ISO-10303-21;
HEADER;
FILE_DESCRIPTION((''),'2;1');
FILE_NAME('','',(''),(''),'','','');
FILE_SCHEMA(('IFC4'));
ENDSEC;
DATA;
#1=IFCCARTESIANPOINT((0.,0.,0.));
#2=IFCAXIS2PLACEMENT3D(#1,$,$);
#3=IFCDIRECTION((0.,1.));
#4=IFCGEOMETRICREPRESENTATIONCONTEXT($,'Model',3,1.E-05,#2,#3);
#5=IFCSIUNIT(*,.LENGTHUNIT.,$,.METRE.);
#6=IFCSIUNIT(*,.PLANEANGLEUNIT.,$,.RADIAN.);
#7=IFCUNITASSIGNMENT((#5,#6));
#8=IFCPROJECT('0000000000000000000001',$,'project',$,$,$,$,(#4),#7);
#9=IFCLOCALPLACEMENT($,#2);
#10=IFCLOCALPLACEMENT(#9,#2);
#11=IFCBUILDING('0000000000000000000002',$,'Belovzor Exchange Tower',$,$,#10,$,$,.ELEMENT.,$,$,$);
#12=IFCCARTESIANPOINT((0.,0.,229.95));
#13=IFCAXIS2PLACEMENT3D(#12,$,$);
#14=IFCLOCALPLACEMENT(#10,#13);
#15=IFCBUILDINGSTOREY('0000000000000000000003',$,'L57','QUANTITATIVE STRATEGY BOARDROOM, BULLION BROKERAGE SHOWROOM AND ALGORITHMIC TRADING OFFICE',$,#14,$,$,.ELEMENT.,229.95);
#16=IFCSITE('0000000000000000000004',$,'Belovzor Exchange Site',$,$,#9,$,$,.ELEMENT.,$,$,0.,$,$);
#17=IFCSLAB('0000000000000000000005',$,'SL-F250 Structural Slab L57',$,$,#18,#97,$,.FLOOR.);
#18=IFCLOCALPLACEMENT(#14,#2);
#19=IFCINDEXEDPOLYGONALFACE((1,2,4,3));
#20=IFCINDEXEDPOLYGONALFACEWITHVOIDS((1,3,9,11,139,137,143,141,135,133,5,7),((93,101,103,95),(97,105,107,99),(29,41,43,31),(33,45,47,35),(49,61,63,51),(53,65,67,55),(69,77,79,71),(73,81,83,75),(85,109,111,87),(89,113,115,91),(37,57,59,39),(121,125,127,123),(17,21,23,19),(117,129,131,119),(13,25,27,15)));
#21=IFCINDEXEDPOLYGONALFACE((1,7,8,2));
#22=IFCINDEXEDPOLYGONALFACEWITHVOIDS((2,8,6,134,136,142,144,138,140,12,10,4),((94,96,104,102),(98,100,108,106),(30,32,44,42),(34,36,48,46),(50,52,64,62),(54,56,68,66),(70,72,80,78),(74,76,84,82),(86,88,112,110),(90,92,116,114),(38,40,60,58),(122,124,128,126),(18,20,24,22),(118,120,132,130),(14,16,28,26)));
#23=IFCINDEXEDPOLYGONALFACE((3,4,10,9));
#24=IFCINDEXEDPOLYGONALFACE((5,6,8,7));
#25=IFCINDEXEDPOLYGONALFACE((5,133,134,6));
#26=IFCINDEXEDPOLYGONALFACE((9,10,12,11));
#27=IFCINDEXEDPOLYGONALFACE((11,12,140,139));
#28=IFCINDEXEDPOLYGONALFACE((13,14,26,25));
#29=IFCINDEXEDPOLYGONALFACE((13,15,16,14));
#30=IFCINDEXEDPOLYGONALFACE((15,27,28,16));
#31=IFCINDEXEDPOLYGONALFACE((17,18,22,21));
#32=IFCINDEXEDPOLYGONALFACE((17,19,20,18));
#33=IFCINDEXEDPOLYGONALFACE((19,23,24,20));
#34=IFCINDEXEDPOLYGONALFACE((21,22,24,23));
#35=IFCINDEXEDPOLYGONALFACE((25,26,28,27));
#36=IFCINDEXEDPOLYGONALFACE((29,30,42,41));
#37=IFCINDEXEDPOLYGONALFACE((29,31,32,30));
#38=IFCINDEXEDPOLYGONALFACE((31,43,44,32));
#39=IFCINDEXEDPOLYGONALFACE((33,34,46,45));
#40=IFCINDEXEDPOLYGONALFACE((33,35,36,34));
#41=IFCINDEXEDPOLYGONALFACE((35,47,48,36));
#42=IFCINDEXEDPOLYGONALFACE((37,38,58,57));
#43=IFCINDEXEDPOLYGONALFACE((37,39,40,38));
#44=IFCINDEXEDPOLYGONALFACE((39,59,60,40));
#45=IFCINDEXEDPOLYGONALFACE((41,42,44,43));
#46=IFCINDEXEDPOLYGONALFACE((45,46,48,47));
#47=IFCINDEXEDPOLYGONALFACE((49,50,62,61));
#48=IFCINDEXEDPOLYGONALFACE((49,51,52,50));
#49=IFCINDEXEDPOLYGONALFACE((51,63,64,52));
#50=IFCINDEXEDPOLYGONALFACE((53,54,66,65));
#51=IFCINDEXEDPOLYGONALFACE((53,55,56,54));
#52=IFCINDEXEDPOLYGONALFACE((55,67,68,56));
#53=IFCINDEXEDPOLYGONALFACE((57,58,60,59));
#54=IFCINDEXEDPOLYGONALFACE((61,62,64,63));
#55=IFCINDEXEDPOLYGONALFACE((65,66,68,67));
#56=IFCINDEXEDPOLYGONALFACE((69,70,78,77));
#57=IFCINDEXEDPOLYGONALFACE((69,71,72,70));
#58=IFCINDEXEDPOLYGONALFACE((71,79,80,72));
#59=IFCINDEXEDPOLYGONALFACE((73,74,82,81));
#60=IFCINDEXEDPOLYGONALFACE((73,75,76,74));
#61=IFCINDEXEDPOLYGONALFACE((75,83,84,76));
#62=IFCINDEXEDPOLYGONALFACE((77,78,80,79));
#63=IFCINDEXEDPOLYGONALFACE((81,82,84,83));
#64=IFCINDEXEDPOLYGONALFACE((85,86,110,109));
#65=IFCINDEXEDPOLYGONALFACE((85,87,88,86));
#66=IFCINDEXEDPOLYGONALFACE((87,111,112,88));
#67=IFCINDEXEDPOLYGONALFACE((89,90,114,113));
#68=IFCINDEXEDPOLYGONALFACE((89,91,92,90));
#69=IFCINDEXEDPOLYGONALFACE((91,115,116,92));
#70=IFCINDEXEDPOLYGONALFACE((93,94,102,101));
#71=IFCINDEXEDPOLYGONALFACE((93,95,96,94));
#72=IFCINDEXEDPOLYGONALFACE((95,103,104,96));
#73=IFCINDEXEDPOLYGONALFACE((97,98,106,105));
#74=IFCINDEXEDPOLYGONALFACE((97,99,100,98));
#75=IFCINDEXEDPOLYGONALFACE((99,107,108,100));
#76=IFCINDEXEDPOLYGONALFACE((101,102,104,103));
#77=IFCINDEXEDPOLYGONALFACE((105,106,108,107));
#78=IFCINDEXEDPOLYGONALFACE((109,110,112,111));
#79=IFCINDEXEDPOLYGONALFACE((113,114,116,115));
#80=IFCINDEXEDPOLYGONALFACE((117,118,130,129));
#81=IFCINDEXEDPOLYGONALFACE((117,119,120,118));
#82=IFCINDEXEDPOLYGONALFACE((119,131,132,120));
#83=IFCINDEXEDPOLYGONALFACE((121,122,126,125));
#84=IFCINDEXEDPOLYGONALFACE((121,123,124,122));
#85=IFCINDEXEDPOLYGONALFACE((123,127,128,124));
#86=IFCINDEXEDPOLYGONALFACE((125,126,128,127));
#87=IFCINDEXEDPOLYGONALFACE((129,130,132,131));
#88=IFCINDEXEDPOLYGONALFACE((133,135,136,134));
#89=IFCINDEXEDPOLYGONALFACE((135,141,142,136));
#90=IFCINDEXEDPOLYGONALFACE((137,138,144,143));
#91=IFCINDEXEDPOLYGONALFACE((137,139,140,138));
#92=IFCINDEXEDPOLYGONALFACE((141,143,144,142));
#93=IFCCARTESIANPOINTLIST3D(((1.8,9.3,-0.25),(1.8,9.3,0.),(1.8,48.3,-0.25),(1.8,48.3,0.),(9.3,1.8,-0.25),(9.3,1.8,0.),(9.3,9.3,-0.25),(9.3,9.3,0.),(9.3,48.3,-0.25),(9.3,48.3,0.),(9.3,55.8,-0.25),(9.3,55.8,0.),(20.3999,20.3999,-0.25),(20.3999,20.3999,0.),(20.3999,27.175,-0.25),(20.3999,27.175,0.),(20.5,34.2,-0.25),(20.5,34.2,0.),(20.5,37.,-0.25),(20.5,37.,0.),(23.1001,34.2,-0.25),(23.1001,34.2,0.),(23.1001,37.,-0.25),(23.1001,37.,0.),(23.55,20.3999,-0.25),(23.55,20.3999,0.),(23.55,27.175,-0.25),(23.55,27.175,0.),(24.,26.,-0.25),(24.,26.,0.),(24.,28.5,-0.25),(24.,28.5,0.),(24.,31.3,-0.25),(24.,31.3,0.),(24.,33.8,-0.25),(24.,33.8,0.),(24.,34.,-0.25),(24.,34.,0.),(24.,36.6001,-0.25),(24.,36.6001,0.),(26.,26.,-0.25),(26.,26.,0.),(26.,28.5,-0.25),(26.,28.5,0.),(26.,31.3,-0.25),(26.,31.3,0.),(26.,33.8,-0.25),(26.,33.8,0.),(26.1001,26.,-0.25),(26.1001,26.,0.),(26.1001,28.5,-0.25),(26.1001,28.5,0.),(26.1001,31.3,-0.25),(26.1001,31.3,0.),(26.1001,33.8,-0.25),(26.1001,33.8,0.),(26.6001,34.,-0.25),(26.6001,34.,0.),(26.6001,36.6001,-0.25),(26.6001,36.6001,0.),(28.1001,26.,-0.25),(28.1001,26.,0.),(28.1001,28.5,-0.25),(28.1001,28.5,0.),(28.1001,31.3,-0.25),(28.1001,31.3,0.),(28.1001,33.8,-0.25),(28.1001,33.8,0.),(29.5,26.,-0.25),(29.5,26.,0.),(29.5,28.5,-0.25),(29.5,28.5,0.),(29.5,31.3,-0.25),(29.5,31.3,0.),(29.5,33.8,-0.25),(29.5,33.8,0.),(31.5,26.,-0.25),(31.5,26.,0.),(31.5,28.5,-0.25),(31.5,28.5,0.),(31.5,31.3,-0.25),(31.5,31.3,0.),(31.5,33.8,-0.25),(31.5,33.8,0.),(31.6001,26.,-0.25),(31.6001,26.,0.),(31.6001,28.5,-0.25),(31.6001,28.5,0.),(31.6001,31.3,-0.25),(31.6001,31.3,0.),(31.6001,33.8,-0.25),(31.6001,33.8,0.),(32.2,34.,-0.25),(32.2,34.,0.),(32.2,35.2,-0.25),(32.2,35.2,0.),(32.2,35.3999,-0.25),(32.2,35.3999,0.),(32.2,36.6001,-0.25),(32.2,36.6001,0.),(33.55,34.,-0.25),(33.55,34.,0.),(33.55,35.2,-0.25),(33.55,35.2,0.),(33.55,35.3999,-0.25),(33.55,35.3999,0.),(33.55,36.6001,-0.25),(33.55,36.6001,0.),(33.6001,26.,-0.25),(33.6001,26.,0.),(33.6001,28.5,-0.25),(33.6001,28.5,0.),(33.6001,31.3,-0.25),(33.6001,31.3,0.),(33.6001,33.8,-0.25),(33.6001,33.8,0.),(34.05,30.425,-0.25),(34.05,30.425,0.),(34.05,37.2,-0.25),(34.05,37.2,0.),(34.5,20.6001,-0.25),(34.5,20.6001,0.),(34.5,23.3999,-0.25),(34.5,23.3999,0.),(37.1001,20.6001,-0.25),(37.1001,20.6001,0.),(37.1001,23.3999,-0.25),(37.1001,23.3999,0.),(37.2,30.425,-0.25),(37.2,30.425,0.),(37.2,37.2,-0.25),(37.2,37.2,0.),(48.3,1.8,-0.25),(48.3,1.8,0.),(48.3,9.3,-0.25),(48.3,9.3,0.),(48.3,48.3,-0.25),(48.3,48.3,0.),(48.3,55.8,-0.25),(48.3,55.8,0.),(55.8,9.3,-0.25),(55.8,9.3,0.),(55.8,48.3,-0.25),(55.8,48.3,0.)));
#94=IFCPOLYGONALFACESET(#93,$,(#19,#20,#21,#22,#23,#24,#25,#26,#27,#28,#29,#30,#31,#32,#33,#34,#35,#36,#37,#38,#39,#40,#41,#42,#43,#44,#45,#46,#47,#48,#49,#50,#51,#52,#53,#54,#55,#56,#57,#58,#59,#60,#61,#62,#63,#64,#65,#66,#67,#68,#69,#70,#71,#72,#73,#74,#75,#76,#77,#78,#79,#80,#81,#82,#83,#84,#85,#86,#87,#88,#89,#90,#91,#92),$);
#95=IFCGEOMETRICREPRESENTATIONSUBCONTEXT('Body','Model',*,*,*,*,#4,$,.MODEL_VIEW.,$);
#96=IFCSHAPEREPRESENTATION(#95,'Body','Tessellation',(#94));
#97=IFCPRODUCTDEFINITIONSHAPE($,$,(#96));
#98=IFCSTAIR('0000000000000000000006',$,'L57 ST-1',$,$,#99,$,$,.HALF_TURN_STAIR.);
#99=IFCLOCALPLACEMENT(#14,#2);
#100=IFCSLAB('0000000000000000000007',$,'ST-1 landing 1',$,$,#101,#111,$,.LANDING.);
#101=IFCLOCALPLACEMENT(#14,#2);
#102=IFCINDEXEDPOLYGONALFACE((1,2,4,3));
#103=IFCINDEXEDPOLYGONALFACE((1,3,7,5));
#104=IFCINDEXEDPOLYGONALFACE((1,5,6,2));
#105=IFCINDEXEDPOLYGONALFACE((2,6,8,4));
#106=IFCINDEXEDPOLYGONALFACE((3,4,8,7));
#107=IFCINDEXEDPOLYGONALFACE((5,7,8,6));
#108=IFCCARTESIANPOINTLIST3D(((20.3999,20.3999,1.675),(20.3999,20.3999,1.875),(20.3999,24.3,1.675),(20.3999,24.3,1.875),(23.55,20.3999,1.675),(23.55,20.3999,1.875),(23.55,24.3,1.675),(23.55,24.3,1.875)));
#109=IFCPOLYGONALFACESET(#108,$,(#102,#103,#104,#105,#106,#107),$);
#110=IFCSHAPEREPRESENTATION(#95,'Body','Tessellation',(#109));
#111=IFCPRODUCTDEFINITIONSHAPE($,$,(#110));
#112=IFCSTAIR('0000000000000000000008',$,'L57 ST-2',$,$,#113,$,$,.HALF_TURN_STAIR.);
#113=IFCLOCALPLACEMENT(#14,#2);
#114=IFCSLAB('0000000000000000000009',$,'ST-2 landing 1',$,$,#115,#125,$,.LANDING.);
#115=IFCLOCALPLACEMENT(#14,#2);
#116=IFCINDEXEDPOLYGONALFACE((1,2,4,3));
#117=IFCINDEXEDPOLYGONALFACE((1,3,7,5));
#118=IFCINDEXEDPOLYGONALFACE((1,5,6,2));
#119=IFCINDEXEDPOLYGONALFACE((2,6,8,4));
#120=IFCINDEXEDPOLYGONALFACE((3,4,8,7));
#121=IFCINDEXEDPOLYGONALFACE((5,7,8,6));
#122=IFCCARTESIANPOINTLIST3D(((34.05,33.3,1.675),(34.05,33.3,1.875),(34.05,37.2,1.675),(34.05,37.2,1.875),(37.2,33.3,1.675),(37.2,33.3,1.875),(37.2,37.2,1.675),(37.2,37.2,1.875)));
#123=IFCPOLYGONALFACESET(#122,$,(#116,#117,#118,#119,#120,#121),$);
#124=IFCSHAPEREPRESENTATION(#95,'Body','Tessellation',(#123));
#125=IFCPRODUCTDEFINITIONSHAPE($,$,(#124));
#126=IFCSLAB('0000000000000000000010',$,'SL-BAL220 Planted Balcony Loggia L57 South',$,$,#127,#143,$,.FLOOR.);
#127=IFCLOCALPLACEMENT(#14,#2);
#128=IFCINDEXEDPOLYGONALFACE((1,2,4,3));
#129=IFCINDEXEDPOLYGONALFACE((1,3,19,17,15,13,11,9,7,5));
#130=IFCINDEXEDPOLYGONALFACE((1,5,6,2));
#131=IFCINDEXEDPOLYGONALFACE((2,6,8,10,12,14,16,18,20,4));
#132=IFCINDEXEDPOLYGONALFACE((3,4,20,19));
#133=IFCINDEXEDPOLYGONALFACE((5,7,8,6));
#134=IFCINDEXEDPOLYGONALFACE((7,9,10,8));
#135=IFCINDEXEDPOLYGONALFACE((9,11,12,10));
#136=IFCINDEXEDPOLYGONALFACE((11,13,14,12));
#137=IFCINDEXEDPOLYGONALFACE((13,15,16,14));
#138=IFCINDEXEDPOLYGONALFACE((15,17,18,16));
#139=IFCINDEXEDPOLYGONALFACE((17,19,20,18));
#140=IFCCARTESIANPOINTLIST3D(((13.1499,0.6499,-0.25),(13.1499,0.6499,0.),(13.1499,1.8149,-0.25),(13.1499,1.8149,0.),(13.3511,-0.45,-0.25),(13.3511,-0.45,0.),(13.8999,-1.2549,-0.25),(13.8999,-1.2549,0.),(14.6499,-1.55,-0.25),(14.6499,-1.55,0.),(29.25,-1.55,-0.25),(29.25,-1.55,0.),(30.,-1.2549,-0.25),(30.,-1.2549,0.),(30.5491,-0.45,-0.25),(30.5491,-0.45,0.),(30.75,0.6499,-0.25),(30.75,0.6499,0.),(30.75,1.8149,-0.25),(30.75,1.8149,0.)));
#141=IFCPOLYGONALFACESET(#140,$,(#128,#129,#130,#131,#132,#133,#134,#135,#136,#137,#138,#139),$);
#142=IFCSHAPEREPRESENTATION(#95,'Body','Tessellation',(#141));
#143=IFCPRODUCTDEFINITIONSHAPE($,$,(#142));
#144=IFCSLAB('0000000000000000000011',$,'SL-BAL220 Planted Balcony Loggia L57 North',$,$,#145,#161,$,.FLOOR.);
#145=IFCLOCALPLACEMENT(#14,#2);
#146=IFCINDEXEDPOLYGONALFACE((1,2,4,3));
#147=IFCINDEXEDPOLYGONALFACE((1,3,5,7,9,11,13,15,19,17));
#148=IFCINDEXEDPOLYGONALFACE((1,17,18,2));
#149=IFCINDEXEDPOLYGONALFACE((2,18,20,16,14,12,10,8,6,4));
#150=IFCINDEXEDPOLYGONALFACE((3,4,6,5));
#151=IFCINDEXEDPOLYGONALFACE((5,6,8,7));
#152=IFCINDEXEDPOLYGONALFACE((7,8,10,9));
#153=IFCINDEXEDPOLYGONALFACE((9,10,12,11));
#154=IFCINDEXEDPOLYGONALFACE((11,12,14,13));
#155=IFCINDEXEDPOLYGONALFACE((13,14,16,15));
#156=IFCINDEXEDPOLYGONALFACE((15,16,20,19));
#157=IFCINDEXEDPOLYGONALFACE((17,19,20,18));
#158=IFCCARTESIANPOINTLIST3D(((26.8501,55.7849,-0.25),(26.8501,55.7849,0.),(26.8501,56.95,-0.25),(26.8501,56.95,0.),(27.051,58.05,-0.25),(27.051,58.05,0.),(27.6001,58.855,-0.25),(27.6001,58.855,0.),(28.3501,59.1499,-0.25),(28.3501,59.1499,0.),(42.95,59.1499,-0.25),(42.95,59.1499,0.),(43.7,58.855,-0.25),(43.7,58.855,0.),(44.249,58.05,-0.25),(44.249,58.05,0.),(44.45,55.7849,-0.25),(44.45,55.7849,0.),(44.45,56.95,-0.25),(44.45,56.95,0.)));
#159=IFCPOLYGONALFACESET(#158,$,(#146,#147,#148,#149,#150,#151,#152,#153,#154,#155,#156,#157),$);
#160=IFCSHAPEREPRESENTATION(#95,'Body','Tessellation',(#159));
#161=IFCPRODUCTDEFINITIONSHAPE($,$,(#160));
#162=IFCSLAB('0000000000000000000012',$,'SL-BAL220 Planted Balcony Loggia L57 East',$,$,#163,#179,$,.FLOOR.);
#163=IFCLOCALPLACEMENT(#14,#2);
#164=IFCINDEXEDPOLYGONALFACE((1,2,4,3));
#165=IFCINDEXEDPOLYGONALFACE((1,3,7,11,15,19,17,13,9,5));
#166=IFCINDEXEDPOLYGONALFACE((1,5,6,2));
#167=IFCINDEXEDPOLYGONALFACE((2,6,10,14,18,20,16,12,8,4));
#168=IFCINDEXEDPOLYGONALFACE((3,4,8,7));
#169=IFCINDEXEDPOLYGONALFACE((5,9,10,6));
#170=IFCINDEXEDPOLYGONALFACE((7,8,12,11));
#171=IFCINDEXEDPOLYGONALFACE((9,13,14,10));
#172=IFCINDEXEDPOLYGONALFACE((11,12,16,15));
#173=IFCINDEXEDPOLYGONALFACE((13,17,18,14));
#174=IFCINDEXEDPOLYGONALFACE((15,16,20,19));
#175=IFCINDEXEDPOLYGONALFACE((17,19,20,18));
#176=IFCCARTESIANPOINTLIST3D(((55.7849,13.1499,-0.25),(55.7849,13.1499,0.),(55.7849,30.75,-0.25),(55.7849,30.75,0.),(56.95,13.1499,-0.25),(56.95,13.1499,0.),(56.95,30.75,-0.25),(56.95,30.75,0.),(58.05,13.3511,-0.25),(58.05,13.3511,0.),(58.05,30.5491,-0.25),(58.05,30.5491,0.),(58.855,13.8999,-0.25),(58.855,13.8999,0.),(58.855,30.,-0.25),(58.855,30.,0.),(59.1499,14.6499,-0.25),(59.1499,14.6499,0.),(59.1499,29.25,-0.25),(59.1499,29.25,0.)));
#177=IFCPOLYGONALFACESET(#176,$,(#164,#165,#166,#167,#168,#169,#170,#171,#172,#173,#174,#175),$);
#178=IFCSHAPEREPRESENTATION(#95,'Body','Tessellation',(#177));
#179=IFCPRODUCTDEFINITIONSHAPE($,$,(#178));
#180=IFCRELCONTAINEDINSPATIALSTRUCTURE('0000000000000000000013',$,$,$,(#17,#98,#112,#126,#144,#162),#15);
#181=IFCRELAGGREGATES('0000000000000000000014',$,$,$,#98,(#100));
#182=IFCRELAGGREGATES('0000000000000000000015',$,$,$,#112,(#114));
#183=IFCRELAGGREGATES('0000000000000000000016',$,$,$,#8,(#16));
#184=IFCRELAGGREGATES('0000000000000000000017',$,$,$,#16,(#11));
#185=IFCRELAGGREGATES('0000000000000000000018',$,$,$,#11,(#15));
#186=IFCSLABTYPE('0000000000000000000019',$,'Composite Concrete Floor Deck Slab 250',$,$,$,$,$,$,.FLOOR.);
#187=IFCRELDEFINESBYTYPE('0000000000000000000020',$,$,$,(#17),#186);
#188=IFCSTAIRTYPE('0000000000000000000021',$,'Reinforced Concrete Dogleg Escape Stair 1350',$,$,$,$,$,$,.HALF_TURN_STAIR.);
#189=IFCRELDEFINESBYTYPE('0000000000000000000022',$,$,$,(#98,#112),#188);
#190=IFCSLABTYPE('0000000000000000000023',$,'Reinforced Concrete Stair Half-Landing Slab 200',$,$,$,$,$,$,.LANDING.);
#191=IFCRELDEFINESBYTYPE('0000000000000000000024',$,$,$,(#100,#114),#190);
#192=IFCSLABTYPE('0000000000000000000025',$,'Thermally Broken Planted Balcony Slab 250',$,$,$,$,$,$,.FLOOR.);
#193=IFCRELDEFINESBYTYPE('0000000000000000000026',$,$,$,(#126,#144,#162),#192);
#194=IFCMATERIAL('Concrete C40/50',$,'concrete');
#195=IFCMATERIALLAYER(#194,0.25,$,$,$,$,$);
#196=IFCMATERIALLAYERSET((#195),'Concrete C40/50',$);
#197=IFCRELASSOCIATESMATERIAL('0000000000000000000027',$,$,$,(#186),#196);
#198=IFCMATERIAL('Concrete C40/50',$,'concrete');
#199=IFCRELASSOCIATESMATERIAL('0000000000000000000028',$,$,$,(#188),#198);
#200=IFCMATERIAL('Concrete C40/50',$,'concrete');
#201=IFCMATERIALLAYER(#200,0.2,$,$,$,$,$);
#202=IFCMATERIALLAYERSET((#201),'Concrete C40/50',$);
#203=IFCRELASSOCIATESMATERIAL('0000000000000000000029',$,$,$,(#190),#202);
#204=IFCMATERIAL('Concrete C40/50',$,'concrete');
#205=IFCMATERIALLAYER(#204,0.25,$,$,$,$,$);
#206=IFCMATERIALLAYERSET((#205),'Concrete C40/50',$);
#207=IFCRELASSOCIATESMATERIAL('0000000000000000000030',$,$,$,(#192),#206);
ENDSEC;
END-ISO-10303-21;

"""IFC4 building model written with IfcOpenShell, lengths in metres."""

from ifc_helpers import new_model, si_unit, direction, frame, origin, place, context, subcontext, project, spatial, polyline, outline, extrude, material, layer, layer_set, type_object, element, aggregate, save


model = new_model("IFC4")

# Units and contexts
model_context = context("Model", 3, precision=1e-05, world=origin(), true_north=direction((0.0, 1.0)))
body_context = subcontext(model_context, "Body", "Model", "MODEL_VIEW")
ifc_project = project(units=[si_unit("LENGTHUNIT", "METRE"), si_unit("PLANEANGLEUNIT", "RADIAN")], contexts=[model_context])

# Site, building, storey
site_placement = place(None, origin())
site = spatial("IfcSite", under=ifc_project, at=site_placement, Name="Belovzor Exchange Site", CompositionType="ELEMENT", RefElevation=0.0)
building_placement = place(site_placement, origin())
building = spatial("IfcBuilding", under=site, at=building_placement, Name="Belovzor Exchange Tower", CompositionType="ELEMENT")
storey_placement = place(building_placement, frame((0.0, 0.0, 229.95)))
storey = spatial("IfcBuildingStorey", under=building, at=storey_placement, Name="L57", Description="QUANTITATIVE STRATEGY BOARDROOM, BULLION BROKERAGE SHOWROOM AND ALGORITHMIC TRADING OFFICE", CompositionType="ELEMENT", Elevation=229.95)

# Slab
ifc_material_1 = material(Name="Concrete C40/50", Category="concrete")
ifc_layer_1 = layer(ifc_material_1, 0.25)
ifc_layer_set_1 = layer_set([ifc_layer_1], Name="Concrete C40/50")
slab_type_1 = type_object("IfcSlabType", Name="Composite Concrete Floor Deck Slab 250", PredefinedType="FLOOR", material=ifc_layer_set_1)
slab_1_placement = place(storey_placement, frame((0.0, 0.0, -0.25)))
element("IfcSlab", 1, at=slab_1_placement, inside=storey, type_object=slab_type_1, Name="SL-F250 Structural Slab L57", PredefinedType="FLOOR", context=body_context, shape_type="SweptSolid", body=[
    extrude(outline(polyline([(9.3, 1.8), (48.3, 1.8), (48.3, 9.3), (55.8, 9.3), (55.8, 48.3), (48.3, 48.3), (48.3, 55.8), (9.3, 55.8), (9.3, 48.3), (1.8, 48.3), (1.8, 9.3), (9.3, 9.3), (9.3, 1.8)]), holes=[polyline([(20.3999, 27.175), (20.3999, 20.3999), (23.55, 20.3999), (23.55, 27.175), (20.3999, 27.175)]), polyline([(37.2, 30.425), (37.2, 37.2), (34.05, 37.2), (34.05, 30.425), (37.2, 30.425)]), polyline([(20.5, 34.2), (23.1001, 34.2), (23.1001, 37.0), (20.5, 37.0), (20.5, 34.2)]), polyline([(34.5, 20.6001), (37.1001, 20.6001), (37.1001, 23.3999), (34.5, 23.3999), (34.5, 20.6001)]), polyline([(24.0, 34.0), (26.6001, 34.0), (26.6001, 36.6001), (24.0, 36.6001), (24.0, 34.0)]), polyline([(24.0, 26.0), (26.0, 26.0), (26.0, 28.5), (24.0, 28.5), (24.0, 26.0)]), polyline([(26.1001, 26.0), (28.1001, 26.0), (28.1001, 28.5), (26.1001, 28.5), (26.1001, 26.0)]), polyline([(29.5, 26.0), (31.5, 26.0), (31.5, 28.5), (29.5, 28.5), (29.5, 26.0)]), polyline([(31.6001, 26.0), (33.6001, 26.0), (33.6001, 28.5), (31.6001, 28.5), (31.6001, 26.0)]), polyline([(24.0, 31.3), (26.0, 31.3), (26.0, 33.8), (24.0, 33.8), (24.0, 31.3)]), polyline([(26.1001, 31.3), (28.1001, 31.3), (28.1001, 33.8), (26.1001, 33.8), (26.1001, 31.3)]), polyline([(29.5, 31.3), (31.5, 31.3), (31.5, 33.8), (29.5, 33.8), (29.5, 31.3)]), polyline([(31.6001, 31.3), (33.6001, 31.3), (33.6001, 33.8), (31.6001, 33.8), (31.6001, 31.3)]), polyline([(32.2, 34.0), (33.55, 34.0), (33.55, 35.2), (32.2, 35.2), (32.2, 34.0)]), polyline([(32.2, 35.3999), (33.55, 35.3999), (33.55, 36.6001), (32.2, 36.6001), (32.2, 35.3999)])]), origin(), (0.0, 0.0, 1.0), 0.25),
])

# Stairs, slabs
ifc_material_2 = material(Name="Concrete C40/50", Category="concrete")
stair_type = type_object("IfcStairType", Name="Reinforced Concrete Dogleg Escape Stair 1350", PredefinedType="HALF_TURN_STAIR", material=ifc_material_2)
stair_1_placement = place(storey_placement, origin())
stair_1 = element("IfcStair", 2, at=stair_1_placement, inside=storey, type_object=stair_type, Name="L57 ST-1", PredefinedType="HALF_TURN_STAIR")
ifc_material_3 = material(Name="Concrete C40/50", Category="concrete")
ifc_layer_2 = layer(ifc_material_3, 0.2)
ifc_layer_set_2 = layer_set([ifc_layer_2], Name="Concrete C40/50")
slab_type_2 = type_object("IfcSlabType", Name="Reinforced Concrete Stair Half-Landing Slab 200", PredefinedType="LANDING", material=ifc_layer_set_2)
slab_2_placement = place(storey_placement, frame((0.0, 0.0, 1.675)))
slab_2 = element("IfcSlab", 3, at=slab_2_placement, type_object=slab_type_2, Name="ST-1 landing 1", PredefinedType="LANDING", context=body_context, shape_type="SweptSolid", body=[
    extrude(outline(polyline([(20.3999, 24.3), (20.3999, 20.3999), (23.55, 20.3999), (23.55, 24.3), (20.3999, 24.3)])), origin(), (0.0, 0.0, 1.0), 0.2),
])
aggregate(stair_1, [slab_2])
stair_2_placement = place(storey_placement, origin())
stair_2 = element("IfcStair", 4, at=stair_2_placement, inside=storey, type_object=stair_type, Name="L57 ST-2", PredefinedType="HALF_TURN_STAIR")
slab_3_placement = place(storey_placement, frame((0.0, 0.0, 1.675)))
slab_3 = element("IfcSlab", 5, at=slab_3_placement, type_object=slab_type_2, Name="ST-2 landing 1", PredefinedType="LANDING", context=body_context, shape_type="SweptSolid", body=[
    extrude(outline(polyline([(37.2, 33.3), (37.2, 37.2), (34.05, 37.2), (34.05, 33.3), (37.2, 33.3)])), origin(), (0.0, 0.0, 1.0), 0.2),
])
aggregate(stair_2, [slab_3])

# Slabs
ifc_material_4 = material(Name="Concrete C40/50", Category="concrete")
ifc_layer_3 = layer(ifc_material_4, 0.25)
ifc_layer_set_3 = layer_set([ifc_layer_3], Name="Concrete C40/50")
slab_type_3 = type_object("IfcSlabType", Name="Thermally Broken Planted Balcony Slab 250", PredefinedType="FLOOR", material=ifc_layer_set_3)
slab_4_placement = place(storey_placement, frame((0.0, 0.0, -0.25)))
element("IfcSlab", 6, at=slab_4_placement, inside=storey, type_object=slab_type_3, Name="SL-BAL220 Planted Balcony Loggia L57 South", PredefinedType="FLOOR", context=body_context, shape_type="SweptSolid", body=[
    extrude(outline(polyline([(13.1499, 1.8149), (13.1499, 0.6499), (13.3511, -0.45), (13.8999, -1.2549), (14.6499, -1.55), (29.25, -1.55), (30.0, -1.2549), (30.5491, -0.45), (30.75, 0.6499), (30.75, 1.8149), (13.1499, 1.8149)])), origin(), (0.0, 0.0, 1.0), 0.25),
])
slab_5_placement = place(storey_placement, frame((0.0, 0.0, -0.25)))
element("IfcSlab", 7, at=slab_5_placement, inside=storey, type_object=slab_type_3, Name="SL-BAL220 Planted Balcony Loggia L57 North", PredefinedType="FLOOR", context=body_context, shape_type="SweptSolid", body=[
    extrude(outline(polyline([(44.45, 55.7849), (44.45, 56.95), (44.249, 58.05), (43.7, 58.855), (42.95, 59.1499), (28.3501, 59.1499), (27.6001, 58.855), (27.051, 58.05), (26.8501, 56.95), (26.8501, 55.7849), (44.45, 55.7849)])), origin(), (0.0, 0.0, 1.0), 0.25),
])
slab_6_placement = place(storey_placement, frame((0.0, 0.0, -0.25)))
element("IfcSlab", 8, at=slab_6_placement, inside=storey, type_object=slab_type_3, Name="SL-BAL220 Planted Balcony Loggia L57 East", PredefinedType="FLOOR", context=body_context, shape_type="SweptSolid", body=[
    extrude(outline(polyline([(55.7849, 13.1499), (56.95, 13.1499), (58.05, 13.3511), (58.855, 13.8999), (59.1499, 14.6499), (59.1499, 29.25), (58.855, 30.0), (58.05, 30.5491), (56.95, 30.75), (55.7849, 30.75), (55.7849, 13.1499)])), origin(), (0.0, 0.0, 1.0), 0.25),
])

save(model, "model.ifc")
